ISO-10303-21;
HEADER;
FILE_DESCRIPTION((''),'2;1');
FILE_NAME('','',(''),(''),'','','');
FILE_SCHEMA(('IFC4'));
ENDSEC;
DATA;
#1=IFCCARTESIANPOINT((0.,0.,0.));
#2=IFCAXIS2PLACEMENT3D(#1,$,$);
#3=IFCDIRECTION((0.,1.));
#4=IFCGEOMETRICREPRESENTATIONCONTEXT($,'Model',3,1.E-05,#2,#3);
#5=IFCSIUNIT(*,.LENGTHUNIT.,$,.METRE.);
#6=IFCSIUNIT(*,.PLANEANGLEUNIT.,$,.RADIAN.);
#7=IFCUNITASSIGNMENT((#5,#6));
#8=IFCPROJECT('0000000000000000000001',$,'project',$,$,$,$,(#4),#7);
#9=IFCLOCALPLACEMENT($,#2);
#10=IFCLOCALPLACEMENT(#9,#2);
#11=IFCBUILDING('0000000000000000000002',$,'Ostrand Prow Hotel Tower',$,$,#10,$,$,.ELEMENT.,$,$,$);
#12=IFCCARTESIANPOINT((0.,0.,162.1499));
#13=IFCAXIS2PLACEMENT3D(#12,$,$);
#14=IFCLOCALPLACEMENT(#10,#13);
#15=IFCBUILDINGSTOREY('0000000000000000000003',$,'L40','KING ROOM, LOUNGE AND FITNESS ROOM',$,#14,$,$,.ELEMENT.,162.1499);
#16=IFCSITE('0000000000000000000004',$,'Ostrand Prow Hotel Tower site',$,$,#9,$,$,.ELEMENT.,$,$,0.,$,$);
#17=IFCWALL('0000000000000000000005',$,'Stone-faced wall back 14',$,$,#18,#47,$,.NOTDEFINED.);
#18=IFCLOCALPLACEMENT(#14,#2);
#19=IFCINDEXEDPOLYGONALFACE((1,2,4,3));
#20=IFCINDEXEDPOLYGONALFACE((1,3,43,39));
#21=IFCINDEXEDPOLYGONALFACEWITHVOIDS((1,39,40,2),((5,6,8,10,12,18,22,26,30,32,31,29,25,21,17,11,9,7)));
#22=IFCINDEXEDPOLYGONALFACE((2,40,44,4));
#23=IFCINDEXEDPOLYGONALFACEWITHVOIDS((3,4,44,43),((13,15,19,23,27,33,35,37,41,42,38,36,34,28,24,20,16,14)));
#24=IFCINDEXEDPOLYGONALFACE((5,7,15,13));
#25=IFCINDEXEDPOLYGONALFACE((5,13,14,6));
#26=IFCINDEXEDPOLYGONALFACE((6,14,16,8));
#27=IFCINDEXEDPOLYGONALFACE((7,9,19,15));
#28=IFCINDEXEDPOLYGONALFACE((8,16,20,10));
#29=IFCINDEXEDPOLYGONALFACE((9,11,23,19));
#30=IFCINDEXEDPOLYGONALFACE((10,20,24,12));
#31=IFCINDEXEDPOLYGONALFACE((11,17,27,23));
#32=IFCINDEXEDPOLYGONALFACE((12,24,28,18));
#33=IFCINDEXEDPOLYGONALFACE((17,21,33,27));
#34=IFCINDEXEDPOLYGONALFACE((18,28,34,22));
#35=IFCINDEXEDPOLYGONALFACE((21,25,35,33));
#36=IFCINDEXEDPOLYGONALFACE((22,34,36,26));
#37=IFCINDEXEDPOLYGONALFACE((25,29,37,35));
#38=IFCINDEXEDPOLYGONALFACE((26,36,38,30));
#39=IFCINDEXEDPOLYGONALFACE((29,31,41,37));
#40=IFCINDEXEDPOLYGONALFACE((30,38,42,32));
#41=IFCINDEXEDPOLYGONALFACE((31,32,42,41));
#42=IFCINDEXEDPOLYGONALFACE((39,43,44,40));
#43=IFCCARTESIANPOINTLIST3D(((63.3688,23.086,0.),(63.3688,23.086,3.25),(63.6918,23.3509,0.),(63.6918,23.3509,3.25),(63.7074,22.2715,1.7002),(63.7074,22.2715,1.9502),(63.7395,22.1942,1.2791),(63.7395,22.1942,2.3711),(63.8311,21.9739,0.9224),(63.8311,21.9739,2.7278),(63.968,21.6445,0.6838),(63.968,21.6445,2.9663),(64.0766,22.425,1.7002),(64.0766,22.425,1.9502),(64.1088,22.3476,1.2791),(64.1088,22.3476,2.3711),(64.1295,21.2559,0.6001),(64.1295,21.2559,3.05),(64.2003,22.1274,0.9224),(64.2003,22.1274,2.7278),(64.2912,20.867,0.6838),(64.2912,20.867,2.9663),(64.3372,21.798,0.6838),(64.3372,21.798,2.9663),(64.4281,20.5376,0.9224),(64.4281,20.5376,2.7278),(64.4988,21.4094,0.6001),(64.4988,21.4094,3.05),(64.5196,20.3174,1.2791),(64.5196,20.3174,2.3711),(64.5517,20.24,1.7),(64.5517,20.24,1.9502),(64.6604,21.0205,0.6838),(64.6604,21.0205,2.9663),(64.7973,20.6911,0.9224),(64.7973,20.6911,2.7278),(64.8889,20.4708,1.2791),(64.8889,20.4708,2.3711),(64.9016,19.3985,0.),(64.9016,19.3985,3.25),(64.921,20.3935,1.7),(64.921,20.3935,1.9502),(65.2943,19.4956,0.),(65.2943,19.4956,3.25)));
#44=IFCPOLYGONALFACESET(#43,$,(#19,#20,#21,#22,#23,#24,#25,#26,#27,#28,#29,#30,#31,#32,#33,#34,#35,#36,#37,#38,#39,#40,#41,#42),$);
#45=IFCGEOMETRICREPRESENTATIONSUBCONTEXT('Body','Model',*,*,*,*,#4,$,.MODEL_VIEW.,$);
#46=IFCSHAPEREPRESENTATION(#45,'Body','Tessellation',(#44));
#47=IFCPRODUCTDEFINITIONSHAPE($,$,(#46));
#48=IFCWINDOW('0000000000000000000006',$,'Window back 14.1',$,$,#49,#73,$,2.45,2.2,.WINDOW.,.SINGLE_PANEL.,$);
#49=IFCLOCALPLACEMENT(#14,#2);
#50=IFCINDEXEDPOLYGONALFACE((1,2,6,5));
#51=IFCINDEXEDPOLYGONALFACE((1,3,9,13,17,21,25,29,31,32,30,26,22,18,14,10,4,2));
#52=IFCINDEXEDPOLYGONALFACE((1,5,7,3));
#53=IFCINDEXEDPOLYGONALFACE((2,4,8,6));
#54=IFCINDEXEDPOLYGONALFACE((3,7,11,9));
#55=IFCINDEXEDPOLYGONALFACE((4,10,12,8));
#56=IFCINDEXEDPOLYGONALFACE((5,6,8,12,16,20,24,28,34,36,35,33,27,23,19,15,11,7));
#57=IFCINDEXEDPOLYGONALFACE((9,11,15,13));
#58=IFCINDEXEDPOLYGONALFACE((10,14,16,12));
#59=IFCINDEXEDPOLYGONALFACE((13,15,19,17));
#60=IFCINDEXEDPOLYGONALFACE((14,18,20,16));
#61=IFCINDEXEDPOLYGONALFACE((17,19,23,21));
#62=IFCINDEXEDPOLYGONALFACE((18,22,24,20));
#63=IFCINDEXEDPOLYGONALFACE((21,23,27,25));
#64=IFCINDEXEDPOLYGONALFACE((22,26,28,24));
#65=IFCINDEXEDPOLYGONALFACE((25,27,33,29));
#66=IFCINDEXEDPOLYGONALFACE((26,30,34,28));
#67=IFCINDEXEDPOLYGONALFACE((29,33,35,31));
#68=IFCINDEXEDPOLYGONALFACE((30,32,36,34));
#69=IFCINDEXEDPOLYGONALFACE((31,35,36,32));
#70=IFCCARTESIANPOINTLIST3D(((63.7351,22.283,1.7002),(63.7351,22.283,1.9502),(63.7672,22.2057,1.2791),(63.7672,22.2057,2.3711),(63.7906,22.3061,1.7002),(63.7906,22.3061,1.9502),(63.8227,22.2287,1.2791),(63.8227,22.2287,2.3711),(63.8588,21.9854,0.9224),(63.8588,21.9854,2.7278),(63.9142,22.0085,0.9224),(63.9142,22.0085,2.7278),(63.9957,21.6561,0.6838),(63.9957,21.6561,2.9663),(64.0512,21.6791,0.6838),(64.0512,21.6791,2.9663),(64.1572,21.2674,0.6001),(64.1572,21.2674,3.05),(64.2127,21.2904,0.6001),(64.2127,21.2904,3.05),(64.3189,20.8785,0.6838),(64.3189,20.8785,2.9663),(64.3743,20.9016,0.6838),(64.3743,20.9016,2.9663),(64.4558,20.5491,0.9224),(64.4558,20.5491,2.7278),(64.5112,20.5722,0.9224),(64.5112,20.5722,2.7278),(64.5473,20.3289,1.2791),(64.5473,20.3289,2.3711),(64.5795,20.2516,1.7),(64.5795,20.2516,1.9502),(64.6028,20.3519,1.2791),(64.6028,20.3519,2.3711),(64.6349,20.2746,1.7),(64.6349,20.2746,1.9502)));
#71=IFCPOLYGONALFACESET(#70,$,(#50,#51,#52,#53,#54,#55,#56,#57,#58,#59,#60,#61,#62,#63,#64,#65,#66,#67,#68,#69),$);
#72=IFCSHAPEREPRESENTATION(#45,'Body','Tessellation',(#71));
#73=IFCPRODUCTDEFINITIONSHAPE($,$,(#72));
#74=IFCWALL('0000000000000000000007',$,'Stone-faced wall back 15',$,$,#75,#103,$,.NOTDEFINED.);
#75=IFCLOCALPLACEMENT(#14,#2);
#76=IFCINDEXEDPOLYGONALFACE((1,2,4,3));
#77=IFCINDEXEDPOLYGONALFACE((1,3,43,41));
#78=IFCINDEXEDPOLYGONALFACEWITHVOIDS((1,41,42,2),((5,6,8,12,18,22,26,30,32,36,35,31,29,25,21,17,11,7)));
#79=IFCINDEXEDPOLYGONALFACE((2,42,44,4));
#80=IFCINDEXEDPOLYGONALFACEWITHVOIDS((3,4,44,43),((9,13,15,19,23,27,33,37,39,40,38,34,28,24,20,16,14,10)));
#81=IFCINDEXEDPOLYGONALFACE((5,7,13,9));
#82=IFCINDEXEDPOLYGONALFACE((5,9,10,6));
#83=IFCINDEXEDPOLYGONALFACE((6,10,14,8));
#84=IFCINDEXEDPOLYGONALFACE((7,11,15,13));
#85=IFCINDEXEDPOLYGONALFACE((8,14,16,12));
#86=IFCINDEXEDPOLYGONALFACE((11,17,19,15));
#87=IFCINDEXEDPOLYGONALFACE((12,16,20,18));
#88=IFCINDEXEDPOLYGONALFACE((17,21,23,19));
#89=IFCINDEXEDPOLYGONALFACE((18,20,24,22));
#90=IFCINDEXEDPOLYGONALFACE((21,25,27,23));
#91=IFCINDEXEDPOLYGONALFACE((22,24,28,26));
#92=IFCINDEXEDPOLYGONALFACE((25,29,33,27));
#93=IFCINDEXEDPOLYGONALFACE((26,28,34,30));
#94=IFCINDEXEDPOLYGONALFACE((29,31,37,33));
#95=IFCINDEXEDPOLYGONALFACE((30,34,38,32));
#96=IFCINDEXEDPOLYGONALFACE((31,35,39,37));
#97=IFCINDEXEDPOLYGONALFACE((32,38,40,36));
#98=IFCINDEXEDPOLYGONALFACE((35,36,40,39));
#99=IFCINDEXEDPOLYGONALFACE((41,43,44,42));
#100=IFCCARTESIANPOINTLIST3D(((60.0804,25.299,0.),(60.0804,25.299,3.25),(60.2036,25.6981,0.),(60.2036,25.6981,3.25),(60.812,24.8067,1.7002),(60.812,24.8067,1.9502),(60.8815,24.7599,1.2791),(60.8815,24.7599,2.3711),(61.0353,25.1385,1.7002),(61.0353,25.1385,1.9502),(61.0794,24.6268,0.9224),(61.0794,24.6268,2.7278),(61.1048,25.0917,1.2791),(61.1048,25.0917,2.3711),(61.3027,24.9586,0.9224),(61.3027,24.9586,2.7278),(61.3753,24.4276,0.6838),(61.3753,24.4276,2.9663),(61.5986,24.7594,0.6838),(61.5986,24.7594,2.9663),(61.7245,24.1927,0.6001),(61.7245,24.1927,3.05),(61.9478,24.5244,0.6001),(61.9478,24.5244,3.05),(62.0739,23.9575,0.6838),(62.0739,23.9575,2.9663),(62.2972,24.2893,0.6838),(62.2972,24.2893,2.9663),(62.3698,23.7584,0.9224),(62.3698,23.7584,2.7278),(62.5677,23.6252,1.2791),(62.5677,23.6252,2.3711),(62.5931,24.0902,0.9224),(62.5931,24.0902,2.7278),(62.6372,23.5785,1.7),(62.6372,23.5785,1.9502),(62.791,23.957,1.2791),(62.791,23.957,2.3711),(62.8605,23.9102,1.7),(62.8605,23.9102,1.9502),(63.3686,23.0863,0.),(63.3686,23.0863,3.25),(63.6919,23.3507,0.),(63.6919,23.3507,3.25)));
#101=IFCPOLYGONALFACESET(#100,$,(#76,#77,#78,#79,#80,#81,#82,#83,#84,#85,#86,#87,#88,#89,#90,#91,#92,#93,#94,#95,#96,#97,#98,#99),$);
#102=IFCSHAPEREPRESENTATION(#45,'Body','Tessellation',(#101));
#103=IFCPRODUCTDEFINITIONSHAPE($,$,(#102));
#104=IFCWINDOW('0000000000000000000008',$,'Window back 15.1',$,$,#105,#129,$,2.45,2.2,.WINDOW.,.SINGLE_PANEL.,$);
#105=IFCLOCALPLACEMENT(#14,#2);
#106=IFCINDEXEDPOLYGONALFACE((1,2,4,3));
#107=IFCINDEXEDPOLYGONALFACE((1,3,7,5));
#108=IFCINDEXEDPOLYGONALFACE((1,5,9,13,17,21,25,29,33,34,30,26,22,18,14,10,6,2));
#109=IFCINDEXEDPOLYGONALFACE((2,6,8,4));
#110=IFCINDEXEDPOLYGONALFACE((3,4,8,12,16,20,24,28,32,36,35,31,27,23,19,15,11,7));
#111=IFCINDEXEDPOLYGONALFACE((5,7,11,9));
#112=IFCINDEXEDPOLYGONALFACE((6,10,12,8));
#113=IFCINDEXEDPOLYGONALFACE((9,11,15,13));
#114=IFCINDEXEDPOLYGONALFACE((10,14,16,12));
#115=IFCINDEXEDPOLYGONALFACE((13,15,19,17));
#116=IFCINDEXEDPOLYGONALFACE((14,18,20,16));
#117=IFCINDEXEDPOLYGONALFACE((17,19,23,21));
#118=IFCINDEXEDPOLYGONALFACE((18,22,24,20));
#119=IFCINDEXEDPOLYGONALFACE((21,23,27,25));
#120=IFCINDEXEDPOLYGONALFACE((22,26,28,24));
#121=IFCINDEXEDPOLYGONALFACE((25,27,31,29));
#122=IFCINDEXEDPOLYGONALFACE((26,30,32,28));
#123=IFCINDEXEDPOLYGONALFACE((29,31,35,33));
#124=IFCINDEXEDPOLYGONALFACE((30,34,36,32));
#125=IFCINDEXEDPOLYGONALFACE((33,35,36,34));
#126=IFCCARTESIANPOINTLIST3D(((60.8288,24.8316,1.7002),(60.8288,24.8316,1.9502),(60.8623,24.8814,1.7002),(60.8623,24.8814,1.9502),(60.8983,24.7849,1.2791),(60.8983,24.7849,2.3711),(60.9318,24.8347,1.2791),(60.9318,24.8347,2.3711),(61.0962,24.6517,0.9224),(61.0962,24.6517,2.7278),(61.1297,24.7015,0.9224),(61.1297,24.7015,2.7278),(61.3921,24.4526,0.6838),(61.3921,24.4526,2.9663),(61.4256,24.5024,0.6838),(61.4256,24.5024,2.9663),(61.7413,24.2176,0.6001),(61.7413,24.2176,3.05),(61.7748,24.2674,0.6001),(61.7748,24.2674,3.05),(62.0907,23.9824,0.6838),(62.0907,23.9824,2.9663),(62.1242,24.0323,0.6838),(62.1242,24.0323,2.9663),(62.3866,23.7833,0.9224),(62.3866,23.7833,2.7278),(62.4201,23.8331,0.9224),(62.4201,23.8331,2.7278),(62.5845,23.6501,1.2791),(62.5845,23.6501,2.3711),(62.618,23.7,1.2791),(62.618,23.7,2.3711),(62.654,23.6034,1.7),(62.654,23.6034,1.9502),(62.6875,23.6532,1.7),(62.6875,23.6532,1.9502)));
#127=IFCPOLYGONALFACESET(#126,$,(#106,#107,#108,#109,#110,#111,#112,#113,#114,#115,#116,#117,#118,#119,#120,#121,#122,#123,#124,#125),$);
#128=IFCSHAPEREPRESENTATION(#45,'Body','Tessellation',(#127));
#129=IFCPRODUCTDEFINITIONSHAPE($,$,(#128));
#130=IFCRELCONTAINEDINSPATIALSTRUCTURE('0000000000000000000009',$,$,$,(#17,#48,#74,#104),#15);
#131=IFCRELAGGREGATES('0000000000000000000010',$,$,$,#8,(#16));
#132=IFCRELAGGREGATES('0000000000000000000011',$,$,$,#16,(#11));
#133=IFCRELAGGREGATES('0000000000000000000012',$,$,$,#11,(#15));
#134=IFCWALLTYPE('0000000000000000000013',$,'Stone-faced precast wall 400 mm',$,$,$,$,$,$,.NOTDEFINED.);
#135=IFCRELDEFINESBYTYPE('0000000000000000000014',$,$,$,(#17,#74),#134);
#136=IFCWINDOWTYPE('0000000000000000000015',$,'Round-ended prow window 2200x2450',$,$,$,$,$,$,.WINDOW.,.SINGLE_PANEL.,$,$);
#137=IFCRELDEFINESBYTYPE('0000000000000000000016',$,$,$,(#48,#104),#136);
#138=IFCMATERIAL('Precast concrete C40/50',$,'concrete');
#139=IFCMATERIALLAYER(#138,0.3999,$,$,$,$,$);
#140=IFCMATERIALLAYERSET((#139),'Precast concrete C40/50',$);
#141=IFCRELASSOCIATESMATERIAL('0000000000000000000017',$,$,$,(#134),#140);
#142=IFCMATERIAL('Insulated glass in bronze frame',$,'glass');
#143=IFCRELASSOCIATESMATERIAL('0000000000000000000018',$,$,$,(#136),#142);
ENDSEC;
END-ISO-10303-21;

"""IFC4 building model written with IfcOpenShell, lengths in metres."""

from ifc_helpers import new_model, si_unit, direction, frame, origin, place, context, subcontext, project, spatial, polyline, outline, extrude, material, layer, layer_set, type_object, element, fill, save


model = new_model("IFC4")

# Units and contexts
model_context = context("Model", 3, precision=1e-05, world=origin(), true_north=direction((0.0, 1.0)))
body_context = subcontext(model_context, "Body", "Model", "MODEL_VIEW")
ifc_project = project(units=[si_unit("LENGTHUNIT", "METRE"), si_unit("PLANEANGLEUNIT", "RADIAN")], contexts=[model_context])

# Site, building, storey
site_placement = place(None, origin())
site = spatial("IfcSite", under=ifc_project, at=site_placement, Name="Ostrand Prow Hotel Tower site", CompositionType="ELEMENT", RefElevation=0.0)
building_placement = place(site_placement, origin())
building = spatial("IfcBuilding", under=site, at=building_placement, Name="Ostrand Prow Hotel Tower", CompositionType="ELEMENT")
storey_placement = place(building_placement, frame((0.0, 0.0, 162.1499)))
storey = spatial("IfcBuildingStorey", under=building, at=storey_placement, Name="L40", Description="KING ROOM, LOUNGE AND FITNESS ROOM", CompositionType="ELEMENT", Elevation=162.1499)

# Shared definitions
ifc_material_1 = material(Name="Precast concrete C40/50", Category="concrete")
ifc_layer_1 = layer(ifc_material_1, 0.3999)
ifc_layer_set_1 = layer_set([ifc_layer_1], Name="Precast concrete C40/50")
wall_type_1 = type_object("IfcWallType", Name="Stone-faced precast wall 400 mm", PredefinedType="NOTDEFINED", material=ifc_layer_set_1)

# Walls, openings, windows
wall_1_placement = place(storey_placement, frame((65.0979, 19.447, 0.0), z_axis=(0.0, 0.0, 1.0), x_axis=(-0.383817, 0.923409, 0.0)))
wall_1 = element("IfcWall", 1, at=wall_1_placement, inside=storey, type_object=wall_type_1, Name="Stone-faced wall back 14", PredefinedType="NOTDEFINED", context=body_context, shape_type="SweptSolid", body=[
    extrude(outline(polyline([(-0.0305, -0.2), (4.1445, -0.2), (4.0239, 0.2), (0.0305, 0.2), (-0.0305, -0.2)])), origin(), (0.0, 0.0, 1.0), 3.25),
])
opening_1_placement = place(wall_1_placement, frame((0.9419, 0.0, 0.6001)))
opening_1 = element("IfcOpeningElement", 2, at=opening_1_placement, cuts=wall_1, PredefinedType="OPENING", context=body_context, shape_type="SweptSolid", body=[
    extrude(outline(polyline([(0.0, 1.3501), (0.0837, 1.771), (0.3223, 2.1277), (0.679, 2.3662), (1.1001, 2.45), (1.521, 2.3662), (1.8777, 2.1277), (2.1162, 1.771), (2.2, 1.3501), (2.2, 1.1001), (2.1162, 0.679), (1.8777, 0.3223), (1.521, 0.0837), (1.1001, 0.0), (0.679, 0.0837), (0.3223, 0.3223), (0.0837, 0.679), (0.0, 1.0999), (0.0, 1.3501)])), frame((0.0, 0.21, 0.0), z_axis=(0.0, -1.0, 0.0), x_axis=(1.0, 0.0, 0.0)), (0.0, 0.0, 1.0), 0.4199),
])
ifc_material_2 = material(Name="Insulated glass in bronze frame", Category="glass")
window_type = type_object("IfcWindowType", Name="Round-ended prow window 2200x2450", PartitioningType="SINGLE_PANEL", PredefinedType="WINDOW", material=ifc_material_2)
window_1_placement = place(opening_1_placement, origin())
window_1 = element("IfcWindow", 3, at=window_1_placement, inside=storey, type_object=window_type, Name="Window back 14.1", OverallHeight=2.45, OverallWidth=2.2, PartitioningType="SINGLE_PANEL", PredefinedType="WINDOW", context=body_context, shape_type="SweptSolid", body=[
    extrude(outline(polyline([(0.0, 1.3501), (0.0837, 1.771), (0.3223, 2.1277), (0.679, 2.3662), (1.1001, 2.45), (1.521, 2.3662), (1.8777, 2.1277), (2.1162, 1.771), (2.2, 1.3501), (2.2, 1.1001), (2.1162, 0.679), (1.8777, 0.3223), (1.521, 0.0837), (1.1001, 0.0), (0.679, 0.0837), (0.3223, 0.3223), (0.0837, 0.679), (0.0, 1.0999), (0.0, 1.3501)])), frame((0.0, 0.1699, 0.0), z_axis=(0.0, -1.0, 0.0), x_axis=(1.0, 0.0, 0.0)), (0.0, 0.0, 1.0), 0.0601),
])
fill(opening_1, window_1)
wall_2_placement = place(storey_placement, frame((63.5303, 23.2185, 0.0), z_axis=(0.0, 0.0, 1.0), x_axis=(-0.829642, 0.558296, 0.0)))
wall_2 = element("IfcWall", 4, at=wall_2_placement, inside=storey, type_object=wall_type_1, Name="Stone-faced wall back 15", PredefinedType="NOTDEFINED", context=body_context, shape_type="SweptSolid", body=[
    extrude(outline(polyline([(-0.0603, -0.2), (4.1443, -0.2), (4.0237, 0.2), (0.0603, 0.2), (-0.0603, -0.2)])), origin(), (0.0, 0.0, 1.0), 3.25),
])
opening_2_placement = place(wall_2_placement, frame((0.9419, 0.0, 0.6001)))
opening_2 = element("IfcOpeningElement", 5, at=opening_2_placement, cuts=wall_2, PredefinedType="OPENING", context=body_context, shape_type="SweptSolid", body=[
    extrude(outline(polyline([(0.0, 1.3501), (0.0837, 1.771), (0.3223, 2.1277), (0.679, 2.3662), (1.1001, 2.45), (1.521, 2.3662), (1.8777, 2.1277), (2.1162, 1.771), (2.2, 1.3501), (2.2, 1.1001), (2.1162, 0.679), (1.8777, 0.3223), (1.521, 0.0837), (1.1001, 0.0), (0.679, 0.0837), (0.3223, 0.3223), (0.0837, 0.679), (0.0, 1.0999), (0.0, 1.3501)])), frame((0.0, 0.21, 0.0), z_axis=(0.0, -1.0, 0.0), x_axis=(1.0, 0.0, 0.0)), (0.0, 0.0, 1.0), 0.4199),
])
window_2_placement = place(opening_2_placement, origin())
window_2 = element("IfcWindow", 6, at=window_2_placement, inside=storey, type_object=window_type, Name="Window back 15.1", OverallHeight=2.45, OverallWidth=2.2, PartitioningType="SINGLE_PANEL", PredefinedType="WINDOW", context=body_context, shape_type="SweptSolid", body=[
    extrude(outline(polyline([(0.0, 1.3501), (0.0837, 1.771), (0.3223, 2.1277), (0.679, 2.3662), (1.1001, 2.45), (1.521, 2.3662), (1.8777, 2.1277), (2.1162, 1.771), (2.2, 1.3501), (2.2, 1.1001), (2.1162, 0.679), (1.8777, 0.3223), (1.521, 0.0837), (1.1001, 0.0), (0.679, 0.0837), (0.3223, 0.3223), (0.0837, 0.679), (0.0, 1.0999), (0.0, 1.3501)])), frame((0.0, 0.1699, 0.0), z_axis=(0.0, -1.0, 0.0), x_axis=(1.0, 0.0, 0.0)), (0.0, 0.0, 1.0), 0.0601),
])
fill(opening_2, window_2)

save(model, "model.ifc")
